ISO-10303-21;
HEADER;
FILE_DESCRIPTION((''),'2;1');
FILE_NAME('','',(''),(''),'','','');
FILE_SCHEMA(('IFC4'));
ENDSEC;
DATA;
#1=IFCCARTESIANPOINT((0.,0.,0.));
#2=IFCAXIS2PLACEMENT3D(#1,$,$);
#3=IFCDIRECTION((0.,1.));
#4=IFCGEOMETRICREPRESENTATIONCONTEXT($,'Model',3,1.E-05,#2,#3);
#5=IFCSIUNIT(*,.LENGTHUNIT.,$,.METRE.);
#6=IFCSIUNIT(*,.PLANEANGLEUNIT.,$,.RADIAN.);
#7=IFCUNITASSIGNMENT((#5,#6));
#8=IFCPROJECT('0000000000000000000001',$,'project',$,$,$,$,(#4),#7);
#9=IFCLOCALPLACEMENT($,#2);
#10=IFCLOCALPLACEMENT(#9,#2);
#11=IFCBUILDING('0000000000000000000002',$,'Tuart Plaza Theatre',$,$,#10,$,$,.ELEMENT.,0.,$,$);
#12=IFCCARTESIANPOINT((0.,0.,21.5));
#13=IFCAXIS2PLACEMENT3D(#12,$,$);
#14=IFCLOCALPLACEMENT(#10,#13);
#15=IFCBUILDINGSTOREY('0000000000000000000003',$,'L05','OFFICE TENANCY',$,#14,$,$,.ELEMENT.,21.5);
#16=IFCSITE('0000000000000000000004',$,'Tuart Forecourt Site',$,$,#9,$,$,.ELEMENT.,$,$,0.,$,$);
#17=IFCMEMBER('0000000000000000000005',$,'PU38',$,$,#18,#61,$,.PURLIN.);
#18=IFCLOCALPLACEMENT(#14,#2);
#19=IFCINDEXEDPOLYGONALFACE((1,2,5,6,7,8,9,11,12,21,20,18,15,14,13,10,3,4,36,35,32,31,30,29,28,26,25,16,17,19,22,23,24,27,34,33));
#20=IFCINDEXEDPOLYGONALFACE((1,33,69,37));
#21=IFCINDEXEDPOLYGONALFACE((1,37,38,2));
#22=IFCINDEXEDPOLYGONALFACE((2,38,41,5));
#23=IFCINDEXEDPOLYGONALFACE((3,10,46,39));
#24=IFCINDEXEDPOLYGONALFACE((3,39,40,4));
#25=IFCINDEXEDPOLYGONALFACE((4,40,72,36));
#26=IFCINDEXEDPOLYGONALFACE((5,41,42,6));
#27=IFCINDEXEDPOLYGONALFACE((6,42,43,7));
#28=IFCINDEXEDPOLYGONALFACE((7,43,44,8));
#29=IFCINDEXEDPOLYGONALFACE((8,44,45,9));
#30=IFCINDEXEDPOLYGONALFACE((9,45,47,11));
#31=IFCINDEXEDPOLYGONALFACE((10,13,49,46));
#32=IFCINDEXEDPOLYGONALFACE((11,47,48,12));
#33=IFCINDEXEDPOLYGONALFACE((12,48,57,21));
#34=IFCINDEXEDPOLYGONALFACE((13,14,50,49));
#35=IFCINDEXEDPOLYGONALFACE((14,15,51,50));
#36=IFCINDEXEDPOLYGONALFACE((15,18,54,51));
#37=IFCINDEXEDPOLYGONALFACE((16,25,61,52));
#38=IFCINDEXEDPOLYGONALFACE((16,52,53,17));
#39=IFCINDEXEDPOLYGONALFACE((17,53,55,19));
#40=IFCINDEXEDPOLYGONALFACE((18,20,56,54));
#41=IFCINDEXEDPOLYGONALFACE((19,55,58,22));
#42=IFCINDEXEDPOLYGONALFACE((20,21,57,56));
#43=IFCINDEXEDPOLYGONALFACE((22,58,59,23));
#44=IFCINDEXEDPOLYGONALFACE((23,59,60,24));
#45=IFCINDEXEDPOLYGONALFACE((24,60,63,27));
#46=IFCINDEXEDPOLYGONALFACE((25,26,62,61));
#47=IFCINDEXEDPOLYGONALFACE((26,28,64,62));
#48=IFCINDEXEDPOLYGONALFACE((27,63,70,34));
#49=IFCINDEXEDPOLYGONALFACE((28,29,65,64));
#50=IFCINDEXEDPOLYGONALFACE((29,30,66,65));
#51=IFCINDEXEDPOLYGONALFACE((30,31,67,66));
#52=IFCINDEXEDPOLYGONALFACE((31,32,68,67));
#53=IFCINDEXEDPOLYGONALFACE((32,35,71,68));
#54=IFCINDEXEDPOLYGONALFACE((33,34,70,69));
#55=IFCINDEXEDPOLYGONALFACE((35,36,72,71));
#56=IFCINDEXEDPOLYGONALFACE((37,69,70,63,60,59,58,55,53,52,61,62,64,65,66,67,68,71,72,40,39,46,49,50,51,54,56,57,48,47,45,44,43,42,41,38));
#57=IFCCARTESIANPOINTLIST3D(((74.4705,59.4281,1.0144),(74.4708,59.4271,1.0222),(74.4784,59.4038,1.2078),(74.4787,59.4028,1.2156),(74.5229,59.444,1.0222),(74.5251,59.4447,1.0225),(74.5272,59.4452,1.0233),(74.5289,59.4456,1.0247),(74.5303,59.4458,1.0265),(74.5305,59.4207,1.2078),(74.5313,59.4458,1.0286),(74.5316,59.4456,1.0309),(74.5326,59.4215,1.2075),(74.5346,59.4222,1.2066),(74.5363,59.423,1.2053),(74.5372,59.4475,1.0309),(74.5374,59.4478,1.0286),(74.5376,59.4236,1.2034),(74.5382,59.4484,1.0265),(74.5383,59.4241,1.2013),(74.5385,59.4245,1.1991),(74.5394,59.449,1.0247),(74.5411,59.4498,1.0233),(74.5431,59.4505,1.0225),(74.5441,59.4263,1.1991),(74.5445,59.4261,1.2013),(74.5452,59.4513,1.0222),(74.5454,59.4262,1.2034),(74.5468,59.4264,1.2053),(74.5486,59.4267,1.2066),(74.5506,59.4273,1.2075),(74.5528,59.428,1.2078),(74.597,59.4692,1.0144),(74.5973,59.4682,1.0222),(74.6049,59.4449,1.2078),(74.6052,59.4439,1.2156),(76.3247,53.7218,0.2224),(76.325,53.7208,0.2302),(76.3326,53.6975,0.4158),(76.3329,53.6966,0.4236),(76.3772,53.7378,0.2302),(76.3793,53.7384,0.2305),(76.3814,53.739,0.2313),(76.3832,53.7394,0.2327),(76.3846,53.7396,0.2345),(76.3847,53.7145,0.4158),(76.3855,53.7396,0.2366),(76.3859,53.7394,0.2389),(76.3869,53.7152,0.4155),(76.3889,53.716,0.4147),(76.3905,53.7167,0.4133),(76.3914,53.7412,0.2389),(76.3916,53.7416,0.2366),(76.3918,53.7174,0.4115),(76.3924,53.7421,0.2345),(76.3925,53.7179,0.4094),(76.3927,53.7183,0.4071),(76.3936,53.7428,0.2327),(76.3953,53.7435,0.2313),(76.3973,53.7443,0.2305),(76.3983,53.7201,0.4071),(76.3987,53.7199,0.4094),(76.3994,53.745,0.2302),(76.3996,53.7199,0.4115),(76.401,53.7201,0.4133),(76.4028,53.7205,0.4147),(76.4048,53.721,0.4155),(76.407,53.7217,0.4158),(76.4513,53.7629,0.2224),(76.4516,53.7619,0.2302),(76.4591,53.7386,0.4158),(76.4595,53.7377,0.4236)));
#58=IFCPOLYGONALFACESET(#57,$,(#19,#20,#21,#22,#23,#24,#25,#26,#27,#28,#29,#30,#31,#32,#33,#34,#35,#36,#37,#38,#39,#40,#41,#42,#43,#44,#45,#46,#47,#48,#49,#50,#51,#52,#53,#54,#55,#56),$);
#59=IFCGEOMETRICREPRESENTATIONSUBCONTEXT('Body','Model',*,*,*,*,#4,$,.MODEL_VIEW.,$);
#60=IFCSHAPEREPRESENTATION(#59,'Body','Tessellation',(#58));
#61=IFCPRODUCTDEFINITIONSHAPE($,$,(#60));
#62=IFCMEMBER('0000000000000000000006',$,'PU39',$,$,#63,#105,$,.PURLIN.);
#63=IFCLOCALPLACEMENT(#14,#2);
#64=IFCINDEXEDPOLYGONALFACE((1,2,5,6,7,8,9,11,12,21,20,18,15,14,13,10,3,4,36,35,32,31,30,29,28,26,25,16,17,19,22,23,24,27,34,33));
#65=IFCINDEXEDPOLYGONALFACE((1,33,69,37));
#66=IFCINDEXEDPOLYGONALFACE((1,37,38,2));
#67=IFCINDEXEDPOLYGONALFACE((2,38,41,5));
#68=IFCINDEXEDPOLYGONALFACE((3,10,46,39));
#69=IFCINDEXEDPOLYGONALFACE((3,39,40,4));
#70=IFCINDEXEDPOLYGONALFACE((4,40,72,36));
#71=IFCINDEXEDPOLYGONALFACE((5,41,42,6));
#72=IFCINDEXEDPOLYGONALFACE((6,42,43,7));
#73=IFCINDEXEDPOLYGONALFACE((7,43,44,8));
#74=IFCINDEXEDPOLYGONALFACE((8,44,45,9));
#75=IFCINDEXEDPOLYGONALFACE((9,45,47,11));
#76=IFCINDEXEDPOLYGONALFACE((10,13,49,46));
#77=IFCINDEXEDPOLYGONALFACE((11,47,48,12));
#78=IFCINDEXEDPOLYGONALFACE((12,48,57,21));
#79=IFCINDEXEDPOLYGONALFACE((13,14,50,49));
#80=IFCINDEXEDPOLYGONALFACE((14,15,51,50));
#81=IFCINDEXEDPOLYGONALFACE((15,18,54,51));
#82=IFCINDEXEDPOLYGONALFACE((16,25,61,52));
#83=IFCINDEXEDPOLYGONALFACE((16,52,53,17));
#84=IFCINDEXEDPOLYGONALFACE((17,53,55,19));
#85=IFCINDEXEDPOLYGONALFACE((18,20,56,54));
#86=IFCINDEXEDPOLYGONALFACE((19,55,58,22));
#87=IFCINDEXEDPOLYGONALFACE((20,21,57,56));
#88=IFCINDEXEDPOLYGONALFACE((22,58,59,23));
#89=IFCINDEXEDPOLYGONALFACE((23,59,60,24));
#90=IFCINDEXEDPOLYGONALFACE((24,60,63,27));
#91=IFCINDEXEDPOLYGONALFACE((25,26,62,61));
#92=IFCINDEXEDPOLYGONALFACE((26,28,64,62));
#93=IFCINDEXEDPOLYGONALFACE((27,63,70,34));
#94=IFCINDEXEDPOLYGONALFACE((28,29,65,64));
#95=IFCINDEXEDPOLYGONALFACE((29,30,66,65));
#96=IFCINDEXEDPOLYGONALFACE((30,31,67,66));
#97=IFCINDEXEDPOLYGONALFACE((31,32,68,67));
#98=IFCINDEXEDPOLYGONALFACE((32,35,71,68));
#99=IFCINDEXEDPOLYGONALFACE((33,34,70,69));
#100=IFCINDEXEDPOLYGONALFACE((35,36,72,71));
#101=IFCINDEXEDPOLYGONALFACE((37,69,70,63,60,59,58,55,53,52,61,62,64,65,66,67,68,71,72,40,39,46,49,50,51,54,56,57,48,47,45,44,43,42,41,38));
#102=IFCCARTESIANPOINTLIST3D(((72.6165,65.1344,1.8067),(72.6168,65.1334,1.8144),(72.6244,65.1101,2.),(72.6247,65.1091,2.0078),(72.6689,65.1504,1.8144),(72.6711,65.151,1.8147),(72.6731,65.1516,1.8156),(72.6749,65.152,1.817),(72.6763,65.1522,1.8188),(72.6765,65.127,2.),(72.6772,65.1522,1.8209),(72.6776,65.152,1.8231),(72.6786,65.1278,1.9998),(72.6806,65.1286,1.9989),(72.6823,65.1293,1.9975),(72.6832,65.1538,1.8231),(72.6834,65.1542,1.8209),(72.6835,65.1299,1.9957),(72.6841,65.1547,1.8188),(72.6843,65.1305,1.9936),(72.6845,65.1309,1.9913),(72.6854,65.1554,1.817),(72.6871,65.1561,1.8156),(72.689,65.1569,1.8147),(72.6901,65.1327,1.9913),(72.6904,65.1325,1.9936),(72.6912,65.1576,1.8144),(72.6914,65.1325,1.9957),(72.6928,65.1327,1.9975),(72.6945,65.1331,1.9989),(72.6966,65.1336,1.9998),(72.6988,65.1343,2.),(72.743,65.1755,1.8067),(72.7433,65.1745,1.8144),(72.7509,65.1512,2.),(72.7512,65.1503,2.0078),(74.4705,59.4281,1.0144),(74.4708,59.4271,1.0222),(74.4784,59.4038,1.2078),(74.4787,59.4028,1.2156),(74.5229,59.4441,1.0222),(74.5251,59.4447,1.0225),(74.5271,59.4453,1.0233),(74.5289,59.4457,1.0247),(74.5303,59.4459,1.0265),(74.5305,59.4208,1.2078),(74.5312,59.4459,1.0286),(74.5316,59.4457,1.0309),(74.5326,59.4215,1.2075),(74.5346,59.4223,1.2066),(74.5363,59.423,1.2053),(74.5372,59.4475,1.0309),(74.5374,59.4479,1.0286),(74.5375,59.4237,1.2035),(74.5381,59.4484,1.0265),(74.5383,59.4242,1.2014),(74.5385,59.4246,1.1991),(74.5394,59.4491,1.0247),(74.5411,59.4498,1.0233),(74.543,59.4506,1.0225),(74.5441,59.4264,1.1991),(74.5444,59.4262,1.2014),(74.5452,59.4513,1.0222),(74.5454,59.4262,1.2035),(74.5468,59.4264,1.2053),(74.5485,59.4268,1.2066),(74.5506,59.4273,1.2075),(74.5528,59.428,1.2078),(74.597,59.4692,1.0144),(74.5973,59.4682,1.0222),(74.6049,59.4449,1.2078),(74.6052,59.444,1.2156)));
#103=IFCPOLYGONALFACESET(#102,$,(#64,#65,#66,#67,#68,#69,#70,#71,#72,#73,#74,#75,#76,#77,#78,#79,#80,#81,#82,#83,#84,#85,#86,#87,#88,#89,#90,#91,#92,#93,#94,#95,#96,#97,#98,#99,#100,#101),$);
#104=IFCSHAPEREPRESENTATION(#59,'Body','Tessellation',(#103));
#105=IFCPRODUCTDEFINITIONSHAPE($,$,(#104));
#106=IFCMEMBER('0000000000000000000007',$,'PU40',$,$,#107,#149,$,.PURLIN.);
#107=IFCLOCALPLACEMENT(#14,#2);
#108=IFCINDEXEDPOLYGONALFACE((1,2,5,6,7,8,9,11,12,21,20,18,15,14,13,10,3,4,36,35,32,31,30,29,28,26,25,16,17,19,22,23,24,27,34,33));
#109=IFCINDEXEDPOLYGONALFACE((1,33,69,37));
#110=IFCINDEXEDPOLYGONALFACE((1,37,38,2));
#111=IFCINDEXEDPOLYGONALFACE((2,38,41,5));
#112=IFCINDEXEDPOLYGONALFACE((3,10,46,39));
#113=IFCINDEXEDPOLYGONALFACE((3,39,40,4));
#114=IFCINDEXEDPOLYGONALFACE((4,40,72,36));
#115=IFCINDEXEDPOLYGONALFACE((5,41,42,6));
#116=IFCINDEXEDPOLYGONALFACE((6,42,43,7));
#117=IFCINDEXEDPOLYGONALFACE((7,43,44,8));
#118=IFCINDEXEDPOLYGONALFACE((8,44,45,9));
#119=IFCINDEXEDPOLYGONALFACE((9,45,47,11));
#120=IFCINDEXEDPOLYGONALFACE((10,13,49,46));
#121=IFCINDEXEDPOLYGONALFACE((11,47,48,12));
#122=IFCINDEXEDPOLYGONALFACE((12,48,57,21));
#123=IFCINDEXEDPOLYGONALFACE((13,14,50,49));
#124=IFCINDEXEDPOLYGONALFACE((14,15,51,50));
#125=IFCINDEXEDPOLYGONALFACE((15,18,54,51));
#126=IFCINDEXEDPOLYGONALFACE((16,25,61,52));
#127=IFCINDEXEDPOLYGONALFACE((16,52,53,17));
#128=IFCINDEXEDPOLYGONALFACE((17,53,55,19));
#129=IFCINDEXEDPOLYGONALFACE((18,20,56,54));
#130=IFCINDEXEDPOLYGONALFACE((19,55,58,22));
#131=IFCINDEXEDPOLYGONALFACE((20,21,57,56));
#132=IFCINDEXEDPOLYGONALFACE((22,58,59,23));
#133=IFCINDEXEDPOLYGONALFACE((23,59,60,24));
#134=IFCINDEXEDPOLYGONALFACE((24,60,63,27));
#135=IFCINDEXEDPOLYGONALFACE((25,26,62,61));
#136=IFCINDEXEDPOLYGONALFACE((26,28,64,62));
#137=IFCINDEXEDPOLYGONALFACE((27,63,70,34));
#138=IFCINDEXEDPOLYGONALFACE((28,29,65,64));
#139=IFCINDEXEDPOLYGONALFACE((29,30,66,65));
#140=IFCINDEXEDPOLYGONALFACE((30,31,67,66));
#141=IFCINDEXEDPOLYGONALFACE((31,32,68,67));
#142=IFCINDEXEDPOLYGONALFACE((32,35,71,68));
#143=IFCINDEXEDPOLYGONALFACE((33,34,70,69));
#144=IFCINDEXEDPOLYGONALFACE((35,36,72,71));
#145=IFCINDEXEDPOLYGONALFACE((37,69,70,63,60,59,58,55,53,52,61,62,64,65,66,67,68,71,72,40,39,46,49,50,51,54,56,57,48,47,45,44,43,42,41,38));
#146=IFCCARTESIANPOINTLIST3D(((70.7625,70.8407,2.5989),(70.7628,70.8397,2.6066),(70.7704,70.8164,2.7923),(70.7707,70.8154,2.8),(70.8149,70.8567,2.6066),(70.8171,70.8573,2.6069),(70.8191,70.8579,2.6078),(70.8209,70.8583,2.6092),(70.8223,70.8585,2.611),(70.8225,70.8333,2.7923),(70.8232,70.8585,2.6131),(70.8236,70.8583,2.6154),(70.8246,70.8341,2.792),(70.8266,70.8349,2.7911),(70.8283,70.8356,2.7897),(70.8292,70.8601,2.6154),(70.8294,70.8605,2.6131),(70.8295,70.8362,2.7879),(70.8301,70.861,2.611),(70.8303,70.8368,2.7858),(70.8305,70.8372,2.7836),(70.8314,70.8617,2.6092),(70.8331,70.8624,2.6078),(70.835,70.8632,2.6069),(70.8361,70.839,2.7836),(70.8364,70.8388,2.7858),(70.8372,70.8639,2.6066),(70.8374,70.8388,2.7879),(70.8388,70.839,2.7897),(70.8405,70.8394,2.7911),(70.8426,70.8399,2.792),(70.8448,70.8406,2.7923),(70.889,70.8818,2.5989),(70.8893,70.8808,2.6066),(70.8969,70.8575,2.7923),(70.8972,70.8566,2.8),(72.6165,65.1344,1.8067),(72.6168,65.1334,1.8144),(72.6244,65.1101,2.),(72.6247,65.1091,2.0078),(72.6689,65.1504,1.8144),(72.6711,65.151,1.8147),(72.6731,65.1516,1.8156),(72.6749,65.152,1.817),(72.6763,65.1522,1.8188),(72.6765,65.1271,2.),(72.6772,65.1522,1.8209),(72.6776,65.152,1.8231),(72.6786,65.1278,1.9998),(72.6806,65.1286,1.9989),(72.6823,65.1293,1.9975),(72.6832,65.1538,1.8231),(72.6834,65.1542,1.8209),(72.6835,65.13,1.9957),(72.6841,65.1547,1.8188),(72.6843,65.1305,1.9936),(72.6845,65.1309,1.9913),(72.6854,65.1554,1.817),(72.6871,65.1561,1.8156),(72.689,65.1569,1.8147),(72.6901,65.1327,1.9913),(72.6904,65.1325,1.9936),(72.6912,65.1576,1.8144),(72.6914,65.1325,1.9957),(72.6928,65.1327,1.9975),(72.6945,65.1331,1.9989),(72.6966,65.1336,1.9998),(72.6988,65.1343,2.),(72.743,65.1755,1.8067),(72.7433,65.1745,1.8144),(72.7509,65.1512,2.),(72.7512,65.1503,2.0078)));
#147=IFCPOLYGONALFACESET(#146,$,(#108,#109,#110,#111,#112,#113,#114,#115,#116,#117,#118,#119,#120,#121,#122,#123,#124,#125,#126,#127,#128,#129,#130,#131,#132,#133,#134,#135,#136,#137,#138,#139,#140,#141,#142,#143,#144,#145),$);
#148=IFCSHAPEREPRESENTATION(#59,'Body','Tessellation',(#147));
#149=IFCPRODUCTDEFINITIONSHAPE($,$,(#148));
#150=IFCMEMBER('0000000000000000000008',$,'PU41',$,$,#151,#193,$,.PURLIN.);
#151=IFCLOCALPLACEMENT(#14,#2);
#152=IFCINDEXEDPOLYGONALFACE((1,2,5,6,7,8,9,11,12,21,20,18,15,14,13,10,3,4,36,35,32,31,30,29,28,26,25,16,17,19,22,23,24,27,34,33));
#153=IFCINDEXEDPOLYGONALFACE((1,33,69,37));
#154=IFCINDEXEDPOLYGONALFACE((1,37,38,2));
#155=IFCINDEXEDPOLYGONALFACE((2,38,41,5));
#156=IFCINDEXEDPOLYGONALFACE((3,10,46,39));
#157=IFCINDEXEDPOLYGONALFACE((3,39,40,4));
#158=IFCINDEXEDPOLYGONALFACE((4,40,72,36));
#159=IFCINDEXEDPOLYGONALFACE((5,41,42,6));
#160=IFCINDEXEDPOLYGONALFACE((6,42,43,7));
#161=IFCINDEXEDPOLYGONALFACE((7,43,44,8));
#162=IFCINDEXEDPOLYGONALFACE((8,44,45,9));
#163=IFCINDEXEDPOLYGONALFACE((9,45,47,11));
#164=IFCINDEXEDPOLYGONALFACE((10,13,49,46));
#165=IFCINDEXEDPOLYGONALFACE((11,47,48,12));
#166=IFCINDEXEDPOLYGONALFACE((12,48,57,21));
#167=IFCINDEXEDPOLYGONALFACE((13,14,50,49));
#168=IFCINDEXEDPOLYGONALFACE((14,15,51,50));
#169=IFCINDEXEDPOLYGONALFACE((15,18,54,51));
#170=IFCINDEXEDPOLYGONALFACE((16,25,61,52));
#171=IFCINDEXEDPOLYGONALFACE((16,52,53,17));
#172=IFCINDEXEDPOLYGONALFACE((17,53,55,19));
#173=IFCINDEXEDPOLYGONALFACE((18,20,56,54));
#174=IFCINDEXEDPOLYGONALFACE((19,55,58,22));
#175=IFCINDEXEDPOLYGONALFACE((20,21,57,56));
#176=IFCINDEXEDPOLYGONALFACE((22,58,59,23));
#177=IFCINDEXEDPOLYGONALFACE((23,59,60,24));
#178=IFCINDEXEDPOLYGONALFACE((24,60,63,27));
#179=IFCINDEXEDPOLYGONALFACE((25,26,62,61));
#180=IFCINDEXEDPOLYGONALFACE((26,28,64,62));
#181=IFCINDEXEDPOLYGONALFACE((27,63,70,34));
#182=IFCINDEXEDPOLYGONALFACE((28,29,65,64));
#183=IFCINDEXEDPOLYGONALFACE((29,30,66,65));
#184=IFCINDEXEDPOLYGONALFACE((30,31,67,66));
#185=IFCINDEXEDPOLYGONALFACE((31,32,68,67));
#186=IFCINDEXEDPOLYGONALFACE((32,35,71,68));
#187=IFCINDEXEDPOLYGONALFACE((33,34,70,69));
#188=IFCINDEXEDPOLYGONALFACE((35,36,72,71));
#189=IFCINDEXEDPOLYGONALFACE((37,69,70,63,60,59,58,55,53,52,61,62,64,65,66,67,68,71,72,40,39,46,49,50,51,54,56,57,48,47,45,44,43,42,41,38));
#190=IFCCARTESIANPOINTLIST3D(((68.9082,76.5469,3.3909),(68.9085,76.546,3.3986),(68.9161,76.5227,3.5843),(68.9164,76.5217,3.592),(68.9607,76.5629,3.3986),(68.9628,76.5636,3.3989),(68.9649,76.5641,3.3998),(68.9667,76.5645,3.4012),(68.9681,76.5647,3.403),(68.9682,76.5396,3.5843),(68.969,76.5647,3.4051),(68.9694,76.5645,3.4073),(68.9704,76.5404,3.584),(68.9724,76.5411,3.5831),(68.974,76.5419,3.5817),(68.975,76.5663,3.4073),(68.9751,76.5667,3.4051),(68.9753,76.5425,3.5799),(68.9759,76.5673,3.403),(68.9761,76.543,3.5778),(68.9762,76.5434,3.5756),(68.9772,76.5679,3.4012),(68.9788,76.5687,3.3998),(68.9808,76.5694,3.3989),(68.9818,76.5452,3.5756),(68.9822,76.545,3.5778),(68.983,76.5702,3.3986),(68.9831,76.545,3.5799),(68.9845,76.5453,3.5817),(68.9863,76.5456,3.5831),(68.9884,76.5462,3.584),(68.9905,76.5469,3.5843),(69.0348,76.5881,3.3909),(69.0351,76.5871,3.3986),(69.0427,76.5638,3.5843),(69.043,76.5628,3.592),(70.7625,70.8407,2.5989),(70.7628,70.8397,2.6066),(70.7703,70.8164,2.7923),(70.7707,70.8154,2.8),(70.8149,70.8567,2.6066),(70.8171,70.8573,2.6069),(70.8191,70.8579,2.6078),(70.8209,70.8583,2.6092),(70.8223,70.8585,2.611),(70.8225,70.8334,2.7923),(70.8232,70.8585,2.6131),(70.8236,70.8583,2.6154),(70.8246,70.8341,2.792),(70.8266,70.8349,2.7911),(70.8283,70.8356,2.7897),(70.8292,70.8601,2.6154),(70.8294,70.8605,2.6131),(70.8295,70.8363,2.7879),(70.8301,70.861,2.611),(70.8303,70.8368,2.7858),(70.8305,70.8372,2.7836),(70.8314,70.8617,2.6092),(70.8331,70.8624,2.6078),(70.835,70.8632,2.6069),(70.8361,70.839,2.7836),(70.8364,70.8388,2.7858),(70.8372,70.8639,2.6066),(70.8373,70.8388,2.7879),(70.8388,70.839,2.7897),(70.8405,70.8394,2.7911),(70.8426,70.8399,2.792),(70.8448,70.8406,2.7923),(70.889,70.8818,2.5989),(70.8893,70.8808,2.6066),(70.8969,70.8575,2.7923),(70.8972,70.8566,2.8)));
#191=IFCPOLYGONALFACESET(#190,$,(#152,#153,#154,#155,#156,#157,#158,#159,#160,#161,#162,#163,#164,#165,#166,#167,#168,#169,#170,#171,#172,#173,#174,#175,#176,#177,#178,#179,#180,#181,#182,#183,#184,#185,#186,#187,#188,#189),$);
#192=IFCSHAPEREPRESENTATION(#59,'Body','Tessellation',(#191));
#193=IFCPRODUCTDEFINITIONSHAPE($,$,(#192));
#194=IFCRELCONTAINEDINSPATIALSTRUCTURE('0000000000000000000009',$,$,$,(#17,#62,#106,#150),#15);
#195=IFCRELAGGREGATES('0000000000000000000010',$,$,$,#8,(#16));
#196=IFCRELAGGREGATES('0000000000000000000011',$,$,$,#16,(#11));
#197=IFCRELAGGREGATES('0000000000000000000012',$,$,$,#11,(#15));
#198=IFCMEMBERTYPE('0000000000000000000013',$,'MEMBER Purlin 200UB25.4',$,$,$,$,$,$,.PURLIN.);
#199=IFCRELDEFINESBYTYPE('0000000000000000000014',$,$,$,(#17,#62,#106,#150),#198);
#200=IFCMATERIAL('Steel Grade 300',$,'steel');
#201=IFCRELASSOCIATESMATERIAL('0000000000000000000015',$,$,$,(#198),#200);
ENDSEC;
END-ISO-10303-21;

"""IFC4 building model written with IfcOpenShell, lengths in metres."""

from ifc_helpers import new_model, si_unit, direction, frame, origin, origin_2d, place, context, subcontext, project, spatial, i_section, extrude, material, material_profile, profile_set, type_object, element, save


model = new_model("IFC4")

# Units and contexts
model_context = context("Model", 3, precision=1e-05, world=origin(), true_north=direction((0.0, 1.0)))
body_context = subcontext(model_context, "Body", "Model", "MODEL_VIEW")
ifc_project = project(units=[si_unit("LENGTHUNIT", "METRE"), si_unit("PLANEANGLEUNIT", "RADIAN")], contexts=[model_context])

# Site, building, storey
site_placement = place(None, origin())
site = spatial("IfcSite", under=ifc_project, at=site_placement, Name="Tuart Forecourt Site", CompositionType="ELEMENT", RefElevation=0.0)
building_placement = place(site_placement, origin())
building = spatial("IfcBuilding", under=site, at=building_placement, Name="Tuart Plaza Theatre", CompositionType="ELEMENT", ElevationOfRefHeight=0.0)
storey_placement = place(building_placement, frame((0.0, 0.0, 21.5)))
storey = spatial("IfcBuildingStorey", under=building, at=storey_placement, Name="L05", Description="OFFICE TENANCY", CompositionType="ELEMENT", Elevation=21.5)

# Members
ifc_material_1 = material(Name="Steel Grade 300", Category="steel")
ifc_material_profile_1 = material_profile(ifc_material_1, i_section(OverallWidth=0.1331, OverallDepth=0.2029, WebThickness=0.0059, FlangeThickness=0.0078, FilletRadius=0.0088, at=origin_2d()), Name="200UB25.4")
ifc_profile_set_1 = profile_set([ifc_material_profile_1], Name="Steel Grade 300")
member_type_1 = type_object("IfcMemberType", Name="MEMBER Purlin 200UB25.4", PredefinedType="PURLIN", material=ifc_profile_set_1)
for number, where, z_axis, x_axis, name in (
    (1, (76.3921, 53.7297, 0.323), (-0.306383, 0.94287, 0.130863), (-0.951049, -0.309041, 0.0), "PU38"),
    (2, (74.5378, 59.436, 1.115), (-0.306345, 0.942877, 0.130905), (-0.951061, -0.309004, 0.0), "PU39"),
    (3, (72.6838, 65.1423, 1.9072), (-0.306345, 0.942877, 0.130905), (-0.951061, -0.309004, 0.0), "PU40"),
    (4, (70.8298, 70.8486, 2.6995), (-0.306383, 0.94287, 0.130863), (-0.951049, -0.309041, 0.0), "PU41"),
):
    element("IfcMember", number, at=place(storey_placement, frame(where, z_axis=z_axis, x_axis=x_axis)), inside=storey, type_object=member_type_1, Name=name, PredefinedType="PURLIN", context=body_context, shape_type="SweptSolid", body=[
        extrude(i_section(OverallWidth=0.1331, OverallDepth=0.2029, WebThickness=0.0059, FlangeThickness=0.0078, FilletRadius=0.0088, at=origin_2d()), origin(), (0.0, 0.0, 1.0), 6.052),
    ])

save(model, "model.ifc")
